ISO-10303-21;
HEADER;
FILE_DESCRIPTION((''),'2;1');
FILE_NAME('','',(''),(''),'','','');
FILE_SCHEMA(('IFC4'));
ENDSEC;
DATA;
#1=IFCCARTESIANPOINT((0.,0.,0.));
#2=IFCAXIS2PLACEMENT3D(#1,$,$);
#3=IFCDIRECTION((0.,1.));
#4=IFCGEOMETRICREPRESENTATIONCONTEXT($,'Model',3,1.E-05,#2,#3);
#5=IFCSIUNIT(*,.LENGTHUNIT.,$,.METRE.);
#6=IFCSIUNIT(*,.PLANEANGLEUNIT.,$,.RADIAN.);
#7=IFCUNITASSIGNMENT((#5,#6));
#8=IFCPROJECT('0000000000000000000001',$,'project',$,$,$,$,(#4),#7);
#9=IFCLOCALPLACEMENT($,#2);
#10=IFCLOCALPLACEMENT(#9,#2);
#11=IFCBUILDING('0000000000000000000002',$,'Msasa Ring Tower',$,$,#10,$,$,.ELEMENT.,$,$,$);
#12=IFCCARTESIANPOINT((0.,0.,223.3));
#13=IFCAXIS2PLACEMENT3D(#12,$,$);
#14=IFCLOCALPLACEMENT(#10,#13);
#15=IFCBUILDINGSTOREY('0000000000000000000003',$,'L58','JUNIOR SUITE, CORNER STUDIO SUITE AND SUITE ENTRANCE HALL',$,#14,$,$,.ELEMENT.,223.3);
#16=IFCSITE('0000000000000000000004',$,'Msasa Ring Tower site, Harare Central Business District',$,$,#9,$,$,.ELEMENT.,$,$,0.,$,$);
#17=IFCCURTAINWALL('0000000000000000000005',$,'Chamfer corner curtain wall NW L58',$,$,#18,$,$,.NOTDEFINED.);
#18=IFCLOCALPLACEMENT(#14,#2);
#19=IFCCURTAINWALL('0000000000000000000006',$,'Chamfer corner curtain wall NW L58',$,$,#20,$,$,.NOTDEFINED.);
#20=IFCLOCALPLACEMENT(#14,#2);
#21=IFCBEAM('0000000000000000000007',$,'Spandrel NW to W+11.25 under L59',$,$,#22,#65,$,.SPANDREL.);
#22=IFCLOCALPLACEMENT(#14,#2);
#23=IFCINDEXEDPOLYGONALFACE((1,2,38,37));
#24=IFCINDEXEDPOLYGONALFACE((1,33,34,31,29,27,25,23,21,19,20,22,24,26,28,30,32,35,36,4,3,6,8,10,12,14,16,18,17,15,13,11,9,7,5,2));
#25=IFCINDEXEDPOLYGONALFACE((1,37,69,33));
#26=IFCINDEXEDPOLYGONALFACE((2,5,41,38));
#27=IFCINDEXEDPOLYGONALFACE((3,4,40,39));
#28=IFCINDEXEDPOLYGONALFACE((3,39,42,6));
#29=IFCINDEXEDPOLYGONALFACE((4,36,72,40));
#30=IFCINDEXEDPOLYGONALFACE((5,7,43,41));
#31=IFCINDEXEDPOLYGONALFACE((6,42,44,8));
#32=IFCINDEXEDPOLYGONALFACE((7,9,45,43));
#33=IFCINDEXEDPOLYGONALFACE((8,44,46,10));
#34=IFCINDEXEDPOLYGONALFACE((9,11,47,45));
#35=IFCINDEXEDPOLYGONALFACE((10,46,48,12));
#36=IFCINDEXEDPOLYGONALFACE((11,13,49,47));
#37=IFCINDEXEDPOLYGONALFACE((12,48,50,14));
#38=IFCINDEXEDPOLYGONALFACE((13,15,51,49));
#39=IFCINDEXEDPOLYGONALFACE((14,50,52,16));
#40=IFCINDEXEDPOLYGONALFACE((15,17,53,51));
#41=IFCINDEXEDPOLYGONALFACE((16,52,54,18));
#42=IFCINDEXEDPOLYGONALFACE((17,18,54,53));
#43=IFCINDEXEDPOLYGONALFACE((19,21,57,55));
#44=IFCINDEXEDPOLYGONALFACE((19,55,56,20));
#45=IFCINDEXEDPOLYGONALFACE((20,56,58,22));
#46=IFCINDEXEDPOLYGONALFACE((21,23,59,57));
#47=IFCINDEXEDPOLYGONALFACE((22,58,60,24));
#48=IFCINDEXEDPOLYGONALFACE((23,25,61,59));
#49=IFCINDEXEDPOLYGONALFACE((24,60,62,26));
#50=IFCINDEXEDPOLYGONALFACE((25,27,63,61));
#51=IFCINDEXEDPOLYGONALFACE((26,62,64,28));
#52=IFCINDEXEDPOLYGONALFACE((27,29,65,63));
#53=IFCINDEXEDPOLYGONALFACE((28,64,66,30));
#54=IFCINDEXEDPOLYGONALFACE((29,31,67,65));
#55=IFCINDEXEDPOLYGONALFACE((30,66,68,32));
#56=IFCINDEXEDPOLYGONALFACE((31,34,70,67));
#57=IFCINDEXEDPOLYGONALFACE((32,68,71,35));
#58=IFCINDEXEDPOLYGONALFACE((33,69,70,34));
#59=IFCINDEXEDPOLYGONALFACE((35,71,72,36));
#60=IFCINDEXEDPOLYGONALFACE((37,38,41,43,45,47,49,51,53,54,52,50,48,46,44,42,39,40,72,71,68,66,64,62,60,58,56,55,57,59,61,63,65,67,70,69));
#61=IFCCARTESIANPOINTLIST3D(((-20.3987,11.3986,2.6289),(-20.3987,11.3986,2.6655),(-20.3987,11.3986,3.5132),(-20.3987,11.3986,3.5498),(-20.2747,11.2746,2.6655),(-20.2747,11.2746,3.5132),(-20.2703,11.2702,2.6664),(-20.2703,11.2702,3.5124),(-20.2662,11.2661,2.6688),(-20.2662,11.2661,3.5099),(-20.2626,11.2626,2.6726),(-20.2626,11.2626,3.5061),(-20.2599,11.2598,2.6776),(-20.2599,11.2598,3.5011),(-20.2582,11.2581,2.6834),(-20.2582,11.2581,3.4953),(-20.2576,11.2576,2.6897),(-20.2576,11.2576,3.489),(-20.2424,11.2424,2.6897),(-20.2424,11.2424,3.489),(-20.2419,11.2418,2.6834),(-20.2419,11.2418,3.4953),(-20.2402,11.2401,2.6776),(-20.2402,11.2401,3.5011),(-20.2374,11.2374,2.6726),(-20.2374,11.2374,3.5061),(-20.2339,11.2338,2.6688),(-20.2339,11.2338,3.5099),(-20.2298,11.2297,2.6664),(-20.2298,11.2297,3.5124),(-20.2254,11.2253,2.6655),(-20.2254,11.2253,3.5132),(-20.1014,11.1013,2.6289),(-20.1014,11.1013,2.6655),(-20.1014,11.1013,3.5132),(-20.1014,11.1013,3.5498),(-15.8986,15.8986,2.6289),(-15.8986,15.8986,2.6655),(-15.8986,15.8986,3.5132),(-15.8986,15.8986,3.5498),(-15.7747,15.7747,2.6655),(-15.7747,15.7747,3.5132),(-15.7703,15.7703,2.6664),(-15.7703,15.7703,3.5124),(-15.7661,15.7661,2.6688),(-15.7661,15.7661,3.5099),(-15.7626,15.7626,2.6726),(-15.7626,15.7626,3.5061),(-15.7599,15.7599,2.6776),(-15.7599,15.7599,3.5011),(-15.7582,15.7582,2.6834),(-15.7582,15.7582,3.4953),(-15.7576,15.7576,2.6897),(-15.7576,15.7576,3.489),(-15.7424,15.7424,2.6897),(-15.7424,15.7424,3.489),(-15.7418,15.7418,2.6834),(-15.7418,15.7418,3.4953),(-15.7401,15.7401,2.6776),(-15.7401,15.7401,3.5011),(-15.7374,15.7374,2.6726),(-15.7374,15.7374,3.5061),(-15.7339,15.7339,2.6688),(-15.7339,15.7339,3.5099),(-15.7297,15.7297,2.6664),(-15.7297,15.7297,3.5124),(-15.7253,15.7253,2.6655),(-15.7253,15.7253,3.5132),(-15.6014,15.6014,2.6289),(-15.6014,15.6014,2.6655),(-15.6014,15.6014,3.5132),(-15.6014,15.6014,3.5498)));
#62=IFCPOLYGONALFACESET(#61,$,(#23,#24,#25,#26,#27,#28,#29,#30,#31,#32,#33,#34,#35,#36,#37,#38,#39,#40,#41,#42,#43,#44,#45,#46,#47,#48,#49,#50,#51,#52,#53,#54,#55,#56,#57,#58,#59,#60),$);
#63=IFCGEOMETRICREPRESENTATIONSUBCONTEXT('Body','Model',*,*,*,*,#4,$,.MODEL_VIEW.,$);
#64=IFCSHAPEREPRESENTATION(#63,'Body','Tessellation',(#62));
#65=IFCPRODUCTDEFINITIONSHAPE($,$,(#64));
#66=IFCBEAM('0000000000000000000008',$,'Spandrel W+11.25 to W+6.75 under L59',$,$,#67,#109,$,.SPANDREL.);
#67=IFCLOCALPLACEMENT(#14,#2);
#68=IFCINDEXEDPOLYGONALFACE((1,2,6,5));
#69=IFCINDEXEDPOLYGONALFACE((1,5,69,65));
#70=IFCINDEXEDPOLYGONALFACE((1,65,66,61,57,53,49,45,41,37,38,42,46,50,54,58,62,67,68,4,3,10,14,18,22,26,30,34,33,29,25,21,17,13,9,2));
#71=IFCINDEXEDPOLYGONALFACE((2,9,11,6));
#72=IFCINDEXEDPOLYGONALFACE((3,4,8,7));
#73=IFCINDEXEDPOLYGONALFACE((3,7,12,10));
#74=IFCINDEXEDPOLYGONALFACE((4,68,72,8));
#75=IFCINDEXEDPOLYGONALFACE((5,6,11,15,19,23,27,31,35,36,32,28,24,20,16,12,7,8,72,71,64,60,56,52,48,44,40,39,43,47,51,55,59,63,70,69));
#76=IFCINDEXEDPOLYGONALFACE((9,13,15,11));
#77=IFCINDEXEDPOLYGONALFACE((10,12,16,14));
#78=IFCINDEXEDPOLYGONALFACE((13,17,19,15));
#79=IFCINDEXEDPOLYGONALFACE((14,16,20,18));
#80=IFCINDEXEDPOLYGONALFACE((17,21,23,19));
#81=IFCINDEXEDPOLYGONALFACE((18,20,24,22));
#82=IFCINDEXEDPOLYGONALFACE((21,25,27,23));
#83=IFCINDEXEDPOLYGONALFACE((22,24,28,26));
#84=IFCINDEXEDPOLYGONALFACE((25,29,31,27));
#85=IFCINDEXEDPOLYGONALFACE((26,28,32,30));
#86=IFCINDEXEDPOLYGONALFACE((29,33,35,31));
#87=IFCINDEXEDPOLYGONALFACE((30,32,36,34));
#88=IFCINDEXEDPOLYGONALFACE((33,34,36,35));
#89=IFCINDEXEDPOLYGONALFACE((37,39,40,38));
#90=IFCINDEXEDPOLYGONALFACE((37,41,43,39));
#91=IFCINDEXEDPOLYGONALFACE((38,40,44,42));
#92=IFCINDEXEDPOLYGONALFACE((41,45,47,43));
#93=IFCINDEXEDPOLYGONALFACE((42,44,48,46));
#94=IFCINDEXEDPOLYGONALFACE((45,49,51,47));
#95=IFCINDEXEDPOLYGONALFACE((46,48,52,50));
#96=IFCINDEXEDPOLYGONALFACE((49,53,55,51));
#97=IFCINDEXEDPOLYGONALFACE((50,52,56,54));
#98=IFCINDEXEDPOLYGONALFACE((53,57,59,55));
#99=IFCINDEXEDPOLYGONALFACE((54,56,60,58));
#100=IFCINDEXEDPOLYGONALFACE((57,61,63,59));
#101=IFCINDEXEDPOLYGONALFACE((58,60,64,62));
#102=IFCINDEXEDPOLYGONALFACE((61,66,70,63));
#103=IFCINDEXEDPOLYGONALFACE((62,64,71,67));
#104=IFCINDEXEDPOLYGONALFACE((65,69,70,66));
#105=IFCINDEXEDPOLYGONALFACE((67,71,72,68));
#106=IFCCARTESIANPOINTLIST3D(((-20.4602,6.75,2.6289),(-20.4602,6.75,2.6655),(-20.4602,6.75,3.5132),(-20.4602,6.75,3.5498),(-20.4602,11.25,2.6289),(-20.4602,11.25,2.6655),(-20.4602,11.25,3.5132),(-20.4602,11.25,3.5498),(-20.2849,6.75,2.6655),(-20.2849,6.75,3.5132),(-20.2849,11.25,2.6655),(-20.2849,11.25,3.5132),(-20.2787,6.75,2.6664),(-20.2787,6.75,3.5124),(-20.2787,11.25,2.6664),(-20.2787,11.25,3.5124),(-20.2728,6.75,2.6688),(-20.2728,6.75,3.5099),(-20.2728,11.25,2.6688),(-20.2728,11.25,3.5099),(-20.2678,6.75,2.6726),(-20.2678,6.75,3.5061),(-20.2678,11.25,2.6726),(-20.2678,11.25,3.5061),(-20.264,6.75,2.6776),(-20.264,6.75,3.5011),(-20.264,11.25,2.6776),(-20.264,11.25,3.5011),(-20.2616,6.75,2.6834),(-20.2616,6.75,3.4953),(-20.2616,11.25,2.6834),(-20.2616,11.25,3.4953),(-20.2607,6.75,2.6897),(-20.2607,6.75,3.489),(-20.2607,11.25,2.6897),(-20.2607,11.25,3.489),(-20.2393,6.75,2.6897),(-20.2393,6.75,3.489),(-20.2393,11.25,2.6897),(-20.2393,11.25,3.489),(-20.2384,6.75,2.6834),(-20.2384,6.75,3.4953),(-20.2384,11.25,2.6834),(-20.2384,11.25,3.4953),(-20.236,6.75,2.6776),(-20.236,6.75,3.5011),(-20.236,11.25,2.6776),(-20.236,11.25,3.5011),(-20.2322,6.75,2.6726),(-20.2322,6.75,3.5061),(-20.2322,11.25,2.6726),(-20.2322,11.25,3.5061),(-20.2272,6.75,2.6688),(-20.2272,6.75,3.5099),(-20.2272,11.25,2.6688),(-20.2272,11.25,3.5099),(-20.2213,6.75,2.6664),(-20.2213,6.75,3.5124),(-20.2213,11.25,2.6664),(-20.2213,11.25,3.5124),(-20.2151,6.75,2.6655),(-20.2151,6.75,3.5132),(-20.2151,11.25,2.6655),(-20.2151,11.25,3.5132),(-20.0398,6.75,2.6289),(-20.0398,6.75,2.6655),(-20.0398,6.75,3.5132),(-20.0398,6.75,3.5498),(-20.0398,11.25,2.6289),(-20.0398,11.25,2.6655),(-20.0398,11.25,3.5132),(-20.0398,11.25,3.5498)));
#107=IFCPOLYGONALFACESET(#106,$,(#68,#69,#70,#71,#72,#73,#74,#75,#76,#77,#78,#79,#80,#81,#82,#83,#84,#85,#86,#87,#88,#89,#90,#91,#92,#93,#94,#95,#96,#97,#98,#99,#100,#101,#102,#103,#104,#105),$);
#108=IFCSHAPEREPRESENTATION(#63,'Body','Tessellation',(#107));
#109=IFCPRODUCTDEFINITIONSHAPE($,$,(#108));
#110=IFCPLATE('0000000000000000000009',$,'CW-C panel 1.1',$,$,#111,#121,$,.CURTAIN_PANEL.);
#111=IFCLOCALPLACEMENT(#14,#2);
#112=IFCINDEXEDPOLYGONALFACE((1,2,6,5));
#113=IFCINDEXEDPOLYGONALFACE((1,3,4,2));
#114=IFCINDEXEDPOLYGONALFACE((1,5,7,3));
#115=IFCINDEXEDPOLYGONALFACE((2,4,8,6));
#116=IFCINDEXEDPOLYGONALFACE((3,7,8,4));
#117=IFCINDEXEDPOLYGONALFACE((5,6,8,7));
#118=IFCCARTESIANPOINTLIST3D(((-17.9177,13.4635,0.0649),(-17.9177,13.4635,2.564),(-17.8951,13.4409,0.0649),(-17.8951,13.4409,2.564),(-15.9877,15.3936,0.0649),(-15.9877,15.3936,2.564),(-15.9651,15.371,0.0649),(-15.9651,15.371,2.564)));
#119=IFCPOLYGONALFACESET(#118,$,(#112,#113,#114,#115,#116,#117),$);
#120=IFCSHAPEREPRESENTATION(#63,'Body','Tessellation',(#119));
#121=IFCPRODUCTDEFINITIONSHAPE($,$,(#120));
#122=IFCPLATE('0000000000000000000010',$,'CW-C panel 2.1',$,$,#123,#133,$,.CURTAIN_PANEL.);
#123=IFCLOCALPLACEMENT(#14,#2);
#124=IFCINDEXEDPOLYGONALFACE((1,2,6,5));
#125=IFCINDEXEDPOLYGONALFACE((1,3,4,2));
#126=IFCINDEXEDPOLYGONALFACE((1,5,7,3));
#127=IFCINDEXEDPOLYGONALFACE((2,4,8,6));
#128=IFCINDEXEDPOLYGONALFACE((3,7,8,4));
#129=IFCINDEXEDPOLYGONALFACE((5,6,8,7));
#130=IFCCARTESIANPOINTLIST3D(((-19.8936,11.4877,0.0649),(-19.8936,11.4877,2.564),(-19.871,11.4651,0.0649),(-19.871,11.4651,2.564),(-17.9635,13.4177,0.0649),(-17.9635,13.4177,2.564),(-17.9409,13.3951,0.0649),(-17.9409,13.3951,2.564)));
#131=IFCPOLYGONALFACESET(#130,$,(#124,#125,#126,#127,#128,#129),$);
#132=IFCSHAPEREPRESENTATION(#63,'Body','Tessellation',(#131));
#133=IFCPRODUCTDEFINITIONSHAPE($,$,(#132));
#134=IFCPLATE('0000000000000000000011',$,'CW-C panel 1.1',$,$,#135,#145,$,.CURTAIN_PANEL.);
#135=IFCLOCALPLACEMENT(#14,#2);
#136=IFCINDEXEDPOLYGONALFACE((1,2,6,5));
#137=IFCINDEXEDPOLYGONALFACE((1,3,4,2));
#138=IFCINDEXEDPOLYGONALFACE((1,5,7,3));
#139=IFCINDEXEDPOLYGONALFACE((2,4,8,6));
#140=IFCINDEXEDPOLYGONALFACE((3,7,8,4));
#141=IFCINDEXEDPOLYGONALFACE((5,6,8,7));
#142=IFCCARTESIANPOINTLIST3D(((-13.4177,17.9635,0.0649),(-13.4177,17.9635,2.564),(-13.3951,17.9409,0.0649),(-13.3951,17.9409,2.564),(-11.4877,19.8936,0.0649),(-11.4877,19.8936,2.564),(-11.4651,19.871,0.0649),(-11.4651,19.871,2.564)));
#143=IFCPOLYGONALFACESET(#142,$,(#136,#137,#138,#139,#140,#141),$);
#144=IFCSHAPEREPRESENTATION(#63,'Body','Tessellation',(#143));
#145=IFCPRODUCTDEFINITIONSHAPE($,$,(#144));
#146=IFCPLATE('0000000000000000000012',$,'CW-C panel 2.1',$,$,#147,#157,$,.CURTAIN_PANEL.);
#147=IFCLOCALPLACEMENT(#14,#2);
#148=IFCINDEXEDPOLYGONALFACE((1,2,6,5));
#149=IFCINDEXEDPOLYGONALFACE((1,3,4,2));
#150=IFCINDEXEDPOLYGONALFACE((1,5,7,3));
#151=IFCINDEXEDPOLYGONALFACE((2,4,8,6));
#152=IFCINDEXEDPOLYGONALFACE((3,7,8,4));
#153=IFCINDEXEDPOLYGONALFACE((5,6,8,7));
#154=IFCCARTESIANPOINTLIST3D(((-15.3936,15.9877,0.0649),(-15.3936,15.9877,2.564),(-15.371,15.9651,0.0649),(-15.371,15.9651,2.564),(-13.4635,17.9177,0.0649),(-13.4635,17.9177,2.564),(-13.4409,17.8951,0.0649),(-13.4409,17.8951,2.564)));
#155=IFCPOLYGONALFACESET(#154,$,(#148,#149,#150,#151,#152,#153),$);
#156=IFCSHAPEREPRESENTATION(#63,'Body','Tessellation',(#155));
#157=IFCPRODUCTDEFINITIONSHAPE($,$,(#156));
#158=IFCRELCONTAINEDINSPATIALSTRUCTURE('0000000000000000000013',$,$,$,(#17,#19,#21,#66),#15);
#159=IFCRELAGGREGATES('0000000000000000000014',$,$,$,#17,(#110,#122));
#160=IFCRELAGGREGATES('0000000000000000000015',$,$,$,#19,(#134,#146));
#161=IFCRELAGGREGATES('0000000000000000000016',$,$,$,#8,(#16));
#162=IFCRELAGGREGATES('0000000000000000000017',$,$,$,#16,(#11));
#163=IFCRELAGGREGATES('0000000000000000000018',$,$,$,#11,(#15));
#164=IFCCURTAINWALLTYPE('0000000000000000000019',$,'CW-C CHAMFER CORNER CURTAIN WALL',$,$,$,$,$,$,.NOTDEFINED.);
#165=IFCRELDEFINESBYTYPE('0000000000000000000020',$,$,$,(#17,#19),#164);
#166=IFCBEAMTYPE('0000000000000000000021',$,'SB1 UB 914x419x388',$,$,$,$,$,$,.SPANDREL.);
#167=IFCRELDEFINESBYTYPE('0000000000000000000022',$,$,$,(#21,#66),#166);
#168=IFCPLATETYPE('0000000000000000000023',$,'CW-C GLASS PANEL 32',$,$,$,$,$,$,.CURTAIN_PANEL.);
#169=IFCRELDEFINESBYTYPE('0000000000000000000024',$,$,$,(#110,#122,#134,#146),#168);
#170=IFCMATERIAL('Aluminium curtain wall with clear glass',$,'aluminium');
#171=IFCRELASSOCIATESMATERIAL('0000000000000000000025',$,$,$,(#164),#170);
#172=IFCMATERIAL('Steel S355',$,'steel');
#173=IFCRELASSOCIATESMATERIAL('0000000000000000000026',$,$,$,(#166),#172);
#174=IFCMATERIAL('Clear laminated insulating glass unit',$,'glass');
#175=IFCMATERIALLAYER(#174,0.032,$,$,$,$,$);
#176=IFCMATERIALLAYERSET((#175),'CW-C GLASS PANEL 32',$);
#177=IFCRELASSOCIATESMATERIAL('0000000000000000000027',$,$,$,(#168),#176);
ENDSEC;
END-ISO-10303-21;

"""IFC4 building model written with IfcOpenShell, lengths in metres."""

from ifc_helpers import new_model, si_unit, direction, frame, origin, origin_2d, place, context, subcontext, project, spatial, rectangle, i_section, extrude, material, layer, layer_set, material_profile, profile_set, type_object, element, aggregate, save


model = new_model("IFC4")

# Units and contexts
model_context = context("Model", 3, precision=1e-05, world=origin(), true_north=direction((0.0, 1.0)))
body_context = subcontext(model_context, "Body", "Model", "MODEL_VIEW")
ifc_project = project(units=[si_unit("LENGTHUNIT", "METRE"), si_unit("PLANEANGLEUNIT", "RADIAN")], contexts=[model_context])

# Site, building, storey
site_placement = place(None, origin())
site = spatial("IfcSite", under=ifc_project, at=site_placement, Name="Msasa Ring Tower site, Harare Central Business District", CompositionType="ELEMENT", RefElevation=0.0)
building_placement = place(site_placement, origin())
building = spatial("IfcBuilding", under=site, at=building_placement, Name="Msasa Ring Tower", CompositionType="ELEMENT")
storey_placement = place(building_placement, frame((0.0, 0.0, 223.3)))
storey = spatial("IfcBuildingStorey", under=building, at=storey_placement, Name="L58", Description="JUNIOR SUITE, CORNER STUDIO SUITE AND SUITE ENTRANCE HALL", CompositionType="ELEMENT", Elevation=223.3)

# Curtain walls
ifc_material_1 = material(Name="Aluminium curtain wall with clear glass", Category="aluminium")
curtain_wall_type = type_object("IfcCurtainWallType", Name="CW-C CHAMFER CORNER CURTAIN WALL", PredefinedType="NOTDEFINED", material=ifc_material_1)
curtain_wall_1_placement = place(storey_placement, origin())
curtain_wall_1 = element("IfcCurtainWall", 1, at=curtain_wall_1_placement, inside=storey, type_object=curtain_wall_type, Name="Chamfer corner curtain wall NW L58", PredefinedType="NOTDEFINED")
curtain_wall_2_placement = place(storey_placement, origin())
curtain_wall_2 = element("IfcCurtainWall", 2, at=curtain_wall_2_placement, inside=storey, type_object=curtain_wall_type, Name="Chamfer corner curtain wall NW L58", PredefinedType="NOTDEFINED")

# Beams
ifc_material_2 = material(Name="Steel S355", Category="steel")
ifc_material_profile_1 = material_profile(ifc_material_2, i_section(OverallWidth=0.4204, OverallDepth=0.9209, WebThickness=0.0215, FlangeThickness=0.0366, FilletRadius=0.0242, at=origin_2d()), Name="UB 914x419x388")
ifc_profile_set_1 = profile_set([ifc_material_profile_1], Name="Steel S355")
beam_type = type_object("IfcBeamType", Name="SB1 UB 914x419x388", PredefinedType="SPANDREL", material=ifc_profile_set_1)
beam_1_placement = place(storey_placement, frame((-15.75, 15.75, 3.0894), z_axis=(-0.707107, -0.707107, 0.0), x_axis=(0.707107, -0.707107, 0.0)))
element("IfcBeam", 3, at=beam_1_placement, inside=storey, type_object=beam_type, Name="Spandrel NW to W+11.25 under L59", PredefinedType="SPANDREL", context=body_context, shape_type="SweptSolid", body=[
    extrude(i_section(OverallWidth=0.4204, OverallDepth=0.9209, WebThickness=0.0215, FlangeThickness=0.0366, FilletRadius=0.0242, at=origin_2d()), origin(), (0.0, 0.0, 1.0), 6.364),
])
beam_2_placement = place(storey_placement, frame((-20.25, 11.25, 3.0894), z_axis=(0.0, -1.0, 0.0), x_axis=(1.0, 0.0, 0.0)))
element("IfcBeam", 4, at=beam_2_placement, inside=storey, type_object=beam_type, Name="Spandrel W+11.25 to W+6.75 under L59", PredefinedType="SPANDREL", context=body_context, shape_type="SweptSolid", body=[
    extrude(i_section(OverallWidth=0.4204, OverallDepth=0.9209, WebThickness=0.0215, FlangeThickness=0.0366, FilletRadius=0.0242, at=origin_2d()), origin(), (0.0, 0.0, 1.0), 4.5),
])

# Plates
ifc_material_3 = material(Name="Clear laminated insulating glass unit", Category="glass")
ifc_layer_1 = layer(ifc_material_3, 0.032)
ifc_layer_set_1 = layer_set([ifc_layer_1], Name="CW-C GLASS PANEL 32")
plate_type = type_object("IfcPlateType", Name="CW-C GLASS PANEL 32", PredefinedType="CURTAIN_PANEL", material=ifc_layer_set_1)
plate_1_placement = place(storey_placement, frame((-16.9414, 14.4172, 0.0649), z_axis=(0.0, 0.0, 1.0), x_axis=(-0.707107, -0.707107, 0.0)))
plate_1 = element("IfcPlate", 5, at=plate_1_placement, type_object=plate_type, Name="CW-C panel 1.1", PredefinedType="CURTAIN_PANEL", context=body_context, shape_type="SweptSolid", body=[
    extrude(rectangle(XDim=2.7295, YDim=0.032, at=origin_2d()), origin(), (0.0, 0.0, 1.0), 2.499),
])
plate_2_placement = place(storey_placement, frame((-18.9172, 12.4414, 0.0649), z_axis=(0.0, 0.0, 1.0), x_axis=(-0.707107, -0.707107, 0.0)))
plate_2 = element("IfcPlate", 6, at=plate_2_placement, type_object=plate_type, Name="CW-C panel 2.1", PredefinedType="CURTAIN_PANEL", context=body_context, shape_type="SweptSolid", body=[
    extrude(rectangle(XDim=2.7295, YDim=0.032, at=origin_2d()), origin(), (0.0, 0.0, 1.0), 2.499),
])
aggregate(curtain_wall_1, [plate_1, plate_2])
plate_3_placement = place(storey_placement, frame((-12.4414, 18.9172, 0.0649), z_axis=(0.0, 0.0, 1.0), x_axis=(-0.707107, -0.707107, 0.0)))
plate_3 = element("IfcPlate", 7, at=plate_3_placement, type_object=plate_type, Name="CW-C panel 1.1", PredefinedType="CURTAIN_PANEL", context=body_context, shape_type="SweptSolid", body=[
    extrude(rectangle(XDim=2.7295, YDim=0.032, at=origin_2d()), origin(), (0.0, 0.0, 1.0), 2.499),
])
plate_4_placement = place(storey_placement, frame((-14.4172, 16.9414, 0.0649), z_axis=(0.0, 0.0, 1.0), x_axis=(-0.707107, -0.707107, 0.0)))
plate_4 = element("IfcPlate", 8, at=plate_4_placement, type_object=plate_type, Name="CW-C panel 2.1", PredefinedType="CURTAIN_PANEL", context=body_context, shape_type="SweptSolid", body=[
    extrude(rectangle(XDim=2.7295, YDim=0.032, at=origin_2d()), origin(), (0.0, 0.0, 1.0), 2.499),
])
aggregate(curtain_wall_2, [plate_3, plate_4])

save(model, "model.ifc")
